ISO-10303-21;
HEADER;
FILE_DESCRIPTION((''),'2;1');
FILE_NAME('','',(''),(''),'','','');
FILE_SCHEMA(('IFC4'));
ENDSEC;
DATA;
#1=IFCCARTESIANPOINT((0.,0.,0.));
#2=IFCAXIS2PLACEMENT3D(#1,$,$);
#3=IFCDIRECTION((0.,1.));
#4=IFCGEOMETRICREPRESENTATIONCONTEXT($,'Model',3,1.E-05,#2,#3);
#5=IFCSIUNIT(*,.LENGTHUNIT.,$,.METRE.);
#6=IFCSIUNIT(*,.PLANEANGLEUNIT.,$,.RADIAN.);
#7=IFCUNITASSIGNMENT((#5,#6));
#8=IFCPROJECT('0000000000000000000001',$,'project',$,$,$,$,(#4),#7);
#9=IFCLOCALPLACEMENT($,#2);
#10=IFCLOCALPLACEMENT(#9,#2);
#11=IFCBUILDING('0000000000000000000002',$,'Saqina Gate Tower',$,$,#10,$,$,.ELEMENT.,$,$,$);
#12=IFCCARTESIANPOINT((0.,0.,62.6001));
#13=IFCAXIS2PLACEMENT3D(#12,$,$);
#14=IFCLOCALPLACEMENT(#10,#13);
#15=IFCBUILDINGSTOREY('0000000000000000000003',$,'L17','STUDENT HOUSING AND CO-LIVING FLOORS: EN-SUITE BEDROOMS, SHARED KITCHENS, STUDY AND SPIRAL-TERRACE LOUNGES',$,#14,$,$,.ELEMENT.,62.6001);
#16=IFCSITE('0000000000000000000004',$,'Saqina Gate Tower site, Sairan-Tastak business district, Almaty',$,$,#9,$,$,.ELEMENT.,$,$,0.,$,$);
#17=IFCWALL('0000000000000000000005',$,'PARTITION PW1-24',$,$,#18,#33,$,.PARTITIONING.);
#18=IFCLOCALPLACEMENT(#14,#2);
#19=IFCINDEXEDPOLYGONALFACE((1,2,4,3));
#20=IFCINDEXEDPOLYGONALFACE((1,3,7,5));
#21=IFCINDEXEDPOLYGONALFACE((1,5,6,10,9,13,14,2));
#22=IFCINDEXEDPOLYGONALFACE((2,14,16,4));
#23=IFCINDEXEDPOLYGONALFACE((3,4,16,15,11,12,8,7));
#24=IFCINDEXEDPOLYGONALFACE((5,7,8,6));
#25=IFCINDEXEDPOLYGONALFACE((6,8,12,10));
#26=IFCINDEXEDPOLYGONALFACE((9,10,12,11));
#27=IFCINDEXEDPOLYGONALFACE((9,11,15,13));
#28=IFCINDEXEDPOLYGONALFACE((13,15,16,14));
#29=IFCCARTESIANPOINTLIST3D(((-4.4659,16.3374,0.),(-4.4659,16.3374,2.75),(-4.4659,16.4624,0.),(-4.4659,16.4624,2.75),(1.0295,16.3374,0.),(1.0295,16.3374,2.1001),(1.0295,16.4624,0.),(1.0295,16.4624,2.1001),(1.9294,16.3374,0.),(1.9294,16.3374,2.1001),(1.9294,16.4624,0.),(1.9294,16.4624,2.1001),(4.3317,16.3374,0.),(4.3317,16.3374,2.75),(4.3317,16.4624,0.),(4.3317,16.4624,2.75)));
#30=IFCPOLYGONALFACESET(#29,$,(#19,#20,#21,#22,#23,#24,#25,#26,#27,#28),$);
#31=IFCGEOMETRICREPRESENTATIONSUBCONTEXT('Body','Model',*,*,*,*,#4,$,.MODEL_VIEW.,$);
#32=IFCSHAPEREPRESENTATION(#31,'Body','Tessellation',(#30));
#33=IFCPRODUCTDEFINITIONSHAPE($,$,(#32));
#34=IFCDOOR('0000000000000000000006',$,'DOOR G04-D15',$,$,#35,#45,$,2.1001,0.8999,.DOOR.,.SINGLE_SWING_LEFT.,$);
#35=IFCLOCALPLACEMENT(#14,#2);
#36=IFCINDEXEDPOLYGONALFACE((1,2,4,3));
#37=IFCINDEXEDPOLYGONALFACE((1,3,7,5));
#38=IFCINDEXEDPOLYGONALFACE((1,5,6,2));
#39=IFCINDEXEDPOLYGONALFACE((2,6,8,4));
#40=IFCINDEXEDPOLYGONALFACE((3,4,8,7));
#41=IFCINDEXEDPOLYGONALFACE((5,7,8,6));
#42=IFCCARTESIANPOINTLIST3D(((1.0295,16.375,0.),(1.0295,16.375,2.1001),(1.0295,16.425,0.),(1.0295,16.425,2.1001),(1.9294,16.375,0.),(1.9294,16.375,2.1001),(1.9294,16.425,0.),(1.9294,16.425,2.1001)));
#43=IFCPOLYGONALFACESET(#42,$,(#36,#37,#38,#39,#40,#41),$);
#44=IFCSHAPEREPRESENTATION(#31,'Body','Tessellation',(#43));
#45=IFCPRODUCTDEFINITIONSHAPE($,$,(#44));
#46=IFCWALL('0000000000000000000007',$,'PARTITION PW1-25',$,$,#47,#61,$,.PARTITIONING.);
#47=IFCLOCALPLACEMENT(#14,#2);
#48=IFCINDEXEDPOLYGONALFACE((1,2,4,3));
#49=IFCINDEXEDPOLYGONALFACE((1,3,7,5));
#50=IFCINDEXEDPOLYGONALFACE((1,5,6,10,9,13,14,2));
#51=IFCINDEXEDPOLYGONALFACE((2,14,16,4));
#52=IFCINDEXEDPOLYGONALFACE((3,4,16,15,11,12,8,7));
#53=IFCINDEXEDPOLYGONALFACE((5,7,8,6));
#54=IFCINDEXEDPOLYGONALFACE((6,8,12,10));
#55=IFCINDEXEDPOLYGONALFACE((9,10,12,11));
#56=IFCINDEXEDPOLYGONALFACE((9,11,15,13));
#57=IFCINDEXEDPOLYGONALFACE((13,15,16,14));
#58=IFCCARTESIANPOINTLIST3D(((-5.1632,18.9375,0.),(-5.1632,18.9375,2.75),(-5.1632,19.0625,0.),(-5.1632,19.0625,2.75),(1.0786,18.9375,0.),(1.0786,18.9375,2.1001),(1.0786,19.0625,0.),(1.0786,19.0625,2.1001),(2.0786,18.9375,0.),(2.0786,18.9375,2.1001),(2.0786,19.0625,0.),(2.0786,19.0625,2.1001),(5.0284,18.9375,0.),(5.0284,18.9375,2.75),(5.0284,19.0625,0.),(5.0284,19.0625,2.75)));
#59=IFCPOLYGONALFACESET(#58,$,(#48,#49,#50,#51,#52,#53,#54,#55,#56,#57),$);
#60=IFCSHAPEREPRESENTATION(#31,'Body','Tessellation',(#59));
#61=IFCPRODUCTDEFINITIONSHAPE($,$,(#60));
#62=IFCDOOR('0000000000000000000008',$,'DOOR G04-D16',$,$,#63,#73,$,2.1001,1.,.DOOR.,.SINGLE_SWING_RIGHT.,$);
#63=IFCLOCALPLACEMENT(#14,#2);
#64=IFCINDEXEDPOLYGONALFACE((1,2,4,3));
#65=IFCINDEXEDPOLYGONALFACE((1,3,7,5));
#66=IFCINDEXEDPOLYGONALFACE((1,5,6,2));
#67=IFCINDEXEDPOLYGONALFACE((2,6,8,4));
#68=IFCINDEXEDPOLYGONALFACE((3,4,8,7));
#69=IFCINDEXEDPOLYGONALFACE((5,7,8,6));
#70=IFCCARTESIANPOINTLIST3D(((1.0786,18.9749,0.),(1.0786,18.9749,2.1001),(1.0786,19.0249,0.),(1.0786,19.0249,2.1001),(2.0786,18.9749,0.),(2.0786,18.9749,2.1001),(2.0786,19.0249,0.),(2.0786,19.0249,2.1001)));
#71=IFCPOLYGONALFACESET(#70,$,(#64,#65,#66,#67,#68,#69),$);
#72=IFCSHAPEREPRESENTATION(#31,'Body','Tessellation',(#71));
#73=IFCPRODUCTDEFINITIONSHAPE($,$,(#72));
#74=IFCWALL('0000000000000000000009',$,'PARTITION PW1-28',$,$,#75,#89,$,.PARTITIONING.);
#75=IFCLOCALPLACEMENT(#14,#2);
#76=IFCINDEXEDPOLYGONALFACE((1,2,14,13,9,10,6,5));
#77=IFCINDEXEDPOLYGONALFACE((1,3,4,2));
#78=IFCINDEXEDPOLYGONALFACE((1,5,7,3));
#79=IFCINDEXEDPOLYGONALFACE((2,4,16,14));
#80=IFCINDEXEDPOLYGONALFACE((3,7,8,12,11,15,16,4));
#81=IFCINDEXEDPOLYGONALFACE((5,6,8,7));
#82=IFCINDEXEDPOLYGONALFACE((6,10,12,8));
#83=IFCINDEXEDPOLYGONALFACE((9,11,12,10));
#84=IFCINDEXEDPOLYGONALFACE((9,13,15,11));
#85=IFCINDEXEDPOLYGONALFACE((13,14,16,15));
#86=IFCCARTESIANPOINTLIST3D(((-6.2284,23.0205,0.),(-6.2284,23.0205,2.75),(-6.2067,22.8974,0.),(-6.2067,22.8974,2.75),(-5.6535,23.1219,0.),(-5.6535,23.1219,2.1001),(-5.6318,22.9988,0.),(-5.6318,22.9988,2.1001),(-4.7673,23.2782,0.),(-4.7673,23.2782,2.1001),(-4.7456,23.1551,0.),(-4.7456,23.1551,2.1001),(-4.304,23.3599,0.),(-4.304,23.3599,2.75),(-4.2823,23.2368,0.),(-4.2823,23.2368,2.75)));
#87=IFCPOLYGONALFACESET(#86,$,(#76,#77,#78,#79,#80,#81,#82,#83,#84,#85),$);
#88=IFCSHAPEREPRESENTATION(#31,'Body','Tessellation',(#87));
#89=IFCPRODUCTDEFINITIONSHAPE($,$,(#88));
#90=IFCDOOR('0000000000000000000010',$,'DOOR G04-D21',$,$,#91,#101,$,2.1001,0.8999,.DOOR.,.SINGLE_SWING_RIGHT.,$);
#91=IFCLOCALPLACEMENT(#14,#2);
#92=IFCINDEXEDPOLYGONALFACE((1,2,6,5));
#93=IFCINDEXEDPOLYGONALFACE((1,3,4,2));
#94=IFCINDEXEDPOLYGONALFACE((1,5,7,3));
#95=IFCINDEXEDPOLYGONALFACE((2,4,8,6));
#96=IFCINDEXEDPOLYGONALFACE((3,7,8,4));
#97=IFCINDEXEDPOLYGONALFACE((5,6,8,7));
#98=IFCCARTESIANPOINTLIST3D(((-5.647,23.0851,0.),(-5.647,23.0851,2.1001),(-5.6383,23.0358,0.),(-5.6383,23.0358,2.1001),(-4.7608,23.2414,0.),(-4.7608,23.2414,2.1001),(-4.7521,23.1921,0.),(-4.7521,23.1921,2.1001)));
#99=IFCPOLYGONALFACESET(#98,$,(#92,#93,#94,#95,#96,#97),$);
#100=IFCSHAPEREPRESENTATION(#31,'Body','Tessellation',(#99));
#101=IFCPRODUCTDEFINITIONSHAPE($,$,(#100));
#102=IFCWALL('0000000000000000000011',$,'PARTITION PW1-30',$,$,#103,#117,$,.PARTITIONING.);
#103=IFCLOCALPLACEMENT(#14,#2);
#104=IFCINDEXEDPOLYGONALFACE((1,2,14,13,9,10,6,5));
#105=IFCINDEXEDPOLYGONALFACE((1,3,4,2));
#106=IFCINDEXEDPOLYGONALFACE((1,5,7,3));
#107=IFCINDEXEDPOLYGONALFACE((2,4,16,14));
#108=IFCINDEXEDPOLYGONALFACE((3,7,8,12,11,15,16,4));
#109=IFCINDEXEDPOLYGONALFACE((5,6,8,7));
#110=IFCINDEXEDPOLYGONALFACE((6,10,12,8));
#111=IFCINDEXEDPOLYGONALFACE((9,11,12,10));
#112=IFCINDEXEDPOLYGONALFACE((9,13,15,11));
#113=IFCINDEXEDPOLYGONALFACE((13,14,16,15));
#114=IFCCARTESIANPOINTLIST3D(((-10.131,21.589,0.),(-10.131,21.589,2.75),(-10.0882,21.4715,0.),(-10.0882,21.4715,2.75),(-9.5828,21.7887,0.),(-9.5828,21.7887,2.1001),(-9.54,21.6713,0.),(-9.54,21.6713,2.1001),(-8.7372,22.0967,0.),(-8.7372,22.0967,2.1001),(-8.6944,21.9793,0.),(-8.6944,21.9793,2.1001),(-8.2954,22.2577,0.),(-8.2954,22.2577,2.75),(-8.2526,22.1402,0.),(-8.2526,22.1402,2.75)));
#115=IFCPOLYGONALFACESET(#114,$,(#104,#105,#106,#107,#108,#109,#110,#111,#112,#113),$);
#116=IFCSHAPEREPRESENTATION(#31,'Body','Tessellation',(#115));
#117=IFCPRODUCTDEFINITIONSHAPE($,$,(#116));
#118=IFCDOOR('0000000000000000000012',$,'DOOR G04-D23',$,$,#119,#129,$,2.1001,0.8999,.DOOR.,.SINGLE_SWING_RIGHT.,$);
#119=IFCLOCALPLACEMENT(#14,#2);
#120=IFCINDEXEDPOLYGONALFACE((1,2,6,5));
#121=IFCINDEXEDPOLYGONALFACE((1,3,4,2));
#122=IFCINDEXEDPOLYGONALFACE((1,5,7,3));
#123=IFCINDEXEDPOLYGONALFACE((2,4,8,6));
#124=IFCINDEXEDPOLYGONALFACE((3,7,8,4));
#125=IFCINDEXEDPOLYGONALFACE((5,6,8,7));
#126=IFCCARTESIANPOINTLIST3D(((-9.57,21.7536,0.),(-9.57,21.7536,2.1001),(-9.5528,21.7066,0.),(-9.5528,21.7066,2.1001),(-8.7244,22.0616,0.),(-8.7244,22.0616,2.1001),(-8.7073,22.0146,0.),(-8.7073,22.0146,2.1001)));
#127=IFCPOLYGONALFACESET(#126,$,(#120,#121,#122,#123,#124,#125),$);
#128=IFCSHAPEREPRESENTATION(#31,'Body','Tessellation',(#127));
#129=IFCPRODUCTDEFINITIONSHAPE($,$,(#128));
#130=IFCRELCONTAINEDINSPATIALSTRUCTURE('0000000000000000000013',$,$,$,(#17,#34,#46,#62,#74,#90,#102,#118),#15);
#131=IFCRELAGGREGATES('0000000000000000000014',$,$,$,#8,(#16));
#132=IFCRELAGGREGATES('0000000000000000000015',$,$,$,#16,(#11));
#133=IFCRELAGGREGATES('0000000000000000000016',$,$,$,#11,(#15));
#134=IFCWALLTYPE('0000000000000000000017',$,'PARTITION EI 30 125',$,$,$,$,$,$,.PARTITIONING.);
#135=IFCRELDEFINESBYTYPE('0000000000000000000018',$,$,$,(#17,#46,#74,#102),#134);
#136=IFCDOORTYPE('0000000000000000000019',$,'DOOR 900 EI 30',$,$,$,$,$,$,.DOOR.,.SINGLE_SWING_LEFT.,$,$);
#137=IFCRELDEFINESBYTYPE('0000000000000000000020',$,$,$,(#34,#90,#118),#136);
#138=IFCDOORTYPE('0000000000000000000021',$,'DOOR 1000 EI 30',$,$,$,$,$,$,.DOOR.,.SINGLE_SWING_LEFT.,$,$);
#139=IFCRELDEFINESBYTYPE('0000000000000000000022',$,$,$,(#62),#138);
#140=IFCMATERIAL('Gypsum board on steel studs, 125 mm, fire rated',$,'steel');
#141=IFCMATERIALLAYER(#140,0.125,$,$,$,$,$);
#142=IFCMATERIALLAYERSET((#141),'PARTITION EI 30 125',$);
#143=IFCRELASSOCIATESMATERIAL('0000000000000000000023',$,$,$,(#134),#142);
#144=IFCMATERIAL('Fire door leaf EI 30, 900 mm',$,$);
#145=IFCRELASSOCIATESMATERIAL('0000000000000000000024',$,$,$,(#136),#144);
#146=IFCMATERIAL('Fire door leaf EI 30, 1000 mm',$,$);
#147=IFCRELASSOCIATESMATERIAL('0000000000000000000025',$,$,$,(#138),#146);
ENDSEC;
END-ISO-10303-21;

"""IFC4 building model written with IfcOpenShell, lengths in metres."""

from ifc_helpers import new_model, si_unit, direction, frame, frame_2d, origin, place, context, subcontext, project, spatial, rectangle, extrude, material, layer, layer_set, type_object, element, fill, save


model = new_model("IFC4")

# Units and contexts
model_context = context("Model", 3, precision=1e-05, world=origin(), true_north=direction((0.0, 1.0)))
body_context = subcontext(model_context, "Body", "Model", "MODEL_VIEW")
ifc_project = project(units=[si_unit("LENGTHUNIT", "METRE"), si_unit("PLANEANGLEUNIT", "RADIAN")], contexts=[model_context])

# Site, building, storey
site_placement = place(None, origin())
site = spatial("IfcSite", under=ifc_project, at=site_placement, Name="Saqina Gate Tower site, Sairan-Tastak business district, Almaty", CompositionType="ELEMENT", RefElevation=0.0)
building_placement = place(site_placement, origin())
building = spatial("IfcBuilding", under=site, at=building_placement, Name="Saqina Gate Tower", CompositionType="ELEMENT")
storey_placement = place(building_placement, frame((0.0, 0.0, 62.6001)))
storey = spatial("IfcBuildingStorey", under=building, at=storey_placement, Name="L17", Description="STUDENT HOUSING AND CO-LIVING FLOORS: EN-SUITE BEDROOMS, SHARED KITCHENS, STUDY AND SPIRAL-TERRACE LOUNGES", CompositionType="ELEMENT", Elevation=62.6001)

# Walls, openings, doors
ifc_material_1 = material(Name="Gypsum board on steel studs, 125 mm, fire rated", Category="steel")
ifc_layer_1 = layer(ifc_material_1, 0.125)
ifc_layer_set_1 = layer_set([ifc_layer_1], Name="PARTITION EI 30 125")
wall_type_1 = type_object("IfcWallType", Name="PARTITION EI 30 125", PredefinedType="PARTITIONING", material=ifc_layer_set_1)
wall_1_placement = place(storey_placement, frame((-4.4661, 16.3999, 0.0), z_axis=(0.0, 0.0, 1.0), x_axis=(1.0, 0.0, 0.0)))
wall_1 = element("IfcWall", 1, at=wall_1_placement, inside=storey, type_object=wall_type_1, Name="PARTITION PW1-24", PredefinedType="PARTITIONING", context=body_context, shape_type="SweptSolid", body=[
    extrude(rectangle(XDim=8.7976, YDim=0.125, at=frame_2d((4.3989, 0.0))), origin(), (0.0, 0.0, 1.0), 2.75),
])
opening_1_placement = place(wall_1_placement, frame((5.4956, 0.0, 0.0)))
opening_1 = element("IfcOpeningElement", 2, at=opening_1_placement, cuts=wall_1, PredefinedType="OPENING", context=body_context, shape_type="SweptSolid", body=[
    extrude(rectangle(XDim=0.8999, YDim=2.1001, at=frame_2d((0.45, 1.05))), frame((0.0, 0.0745, 0.0), z_axis=(0.0, -1.0, 0.0), x_axis=(1.0, 0.0, 0.0)), (0.0, 0.0, 1.0), 0.1489),
])
ifc_material_2 = material(Name="Fire door leaf EI 30, 900 mm")
door_type_1 = type_object("IfcDoorType", Name="DOOR 900 EI 30", OperationType="SINGLE_SWING_LEFT", PredefinedType="DOOR", material=ifc_material_2)
door_1_placement = place(opening_1_placement, frame((0.8999, 0.0, 0.0), z_axis=(0.0, 0.0, 1.0), x_axis=(-1.0, 0.0, 0.0)))
door_1 = element("IfcDoor", 3, at=door_1_placement, inside=storey, type_object=door_type_1, Name="DOOR G04-D15", OperationType="SINGLE_SWING_LEFT", OverallHeight=2.1001, OverallWidth=0.8999, PredefinedType="DOOR", context=body_context, shape_type="SweptSolid", body=[
    extrude(rectangle(XDim=0.8999, YDim=2.1001, at=frame_2d((0.45, 1.05))), frame((0.0, 0.0249, 0.0), z_axis=(0.0, -1.0, 0.0), x_axis=(1.0, 0.0, 0.0)), (0.0, 0.0, 1.0), 0.05),
])
fill(opening_1, door_1)
wall_2_placement = place(storey_placement, frame((-5.1631, 19.0, 0.0), z_axis=(0.0, 0.0, 1.0), x_axis=(1.0, 0.0, 0.0)))
wall_2 = element("IfcWall", 4, at=wall_2_placement, inside=storey, type_object=wall_type_1, Name="PARTITION PW1-25", PredefinedType="PARTITIONING", context=body_context, shape_type="SweptSolid", body=[
    extrude(rectangle(XDim=10.1917, YDim=0.125, at=frame_2d((5.0957, 0.0))), origin(), (0.0, 0.0, 1.0), 2.75),
])
opening_2_placement = place(wall_2_placement, frame((6.2417, 0.0, 0.0)))
opening_2 = element("IfcOpeningElement", 5, at=opening_2_placement, cuts=wall_2, PredefinedType="OPENING", context=body_context, shape_type="SweptSolid", body=[
    extrude(rectangle(XDim=1.0, YDim=2.1001, at=frame_2d((0.5, 1.05))), frame((0.0, 0.0745, 0.0), z_axis=(0.0, -1.0, 0.0), x_axis=(1.0, 0.0, 0.0)), (0.0, 0.0, 1.0), 0.1489),
])
ifc_material_3 = material(Name="Fire door leaf EI 30, 1000 mm")
door_type_2 = type_object("IfcDoorType", Name="DOOR 1000 EI 30", OperationType="SINGLE_SWING_LEFT", PredefinedType="DOOR", material=ifc_material_3)
door_2_placement = place(opening_2_placement, origin())
door_2 = element("IfcDoor", 6, at=door_2_placement, inside=storey, type_object=door_type_2, Name="DOOR G04-D16", OperationType="SINGLE_SWING_RIGHT", OverallHeight=2.1001, OverallWidth=1.0, PredefinedType="DOOR", context=body_context, shape_type="SweptSolid", body=[
    extrude(rectangle(XDim=1.0, YDim=2.1001, at=frame_2d((0.5, 1.05))), frame((0.0, 0.0249, 0.0), z_axis=(0.0, -1.0, 0.0), x_axis=(1.0, 0.0, 0.0)), (0.0, 0.0, 1.0), 0.05),
])
fill(opening_2, door_2)
wall_3_placement = place(storey_placement, frame((-6.2175, 22.959, 0.0), z_axis=(0.0, 0.0, 1.0), x_axis=(0.984804, 0.173671, 0.0)))
wall_3 = element("IfcWall", 7, at=wall_3_placement, inside=storey, type_object=wall_type_1, Name="PARTITION PW1-28", PredefinedType="PARTITIONING", context=body_context, shape_type="SweptSolid", body=[
    extrude(rectangle(XDim=1.9541, YDim=0.125, at=frame_2d((0.9771, 0.0))), origin(), (0.0, 0.0, 1.0), 2.75),
])
opening_3_placement = place(wall_3_placement, frame((0.5837, 0.0, 0.0)))
opening_3 = element("IfcOpeningElement", 8, at=opening_3_placement, cuts=wall_3, PredefinedType="OPENING", context=body_context, shape_type="SweptSolid", body=[
    extrude(rectangle(XDim=0.8999, YDim=2.1001, at=frame_2d((0.45, 1.05))), frame((0.0, 0.0745, 0.0), z_axis=(0.0, -1.0, 0.0), x_axis=(1.0, 0.0, 0.0)), (0.0, 0.0, 1.0), 0.1489),
])
door_3_placement = place(opening_3_placement, frame((0.8999, 0.0, 0.0), z_axis=(0.0, 0.0, 1.0), x_axis=(-1.0, 0.0, 0.0)))
door_3 = element("IfcDoor", 9, at=door_3_placement, inside=storey, type_object=door_type_1, Name="DOOR G04-D21", OperationType="SINGLE_SWING_RIGHT", OverallHeight=2.1001, OverallWidth=0.8999, PredefinedType="DOOR", context=body_context, shape_type="SweptSolid", body=[
    extrude(rectangle(XDim=0.8999, YDim=2.1001, at=frame_2d((0.45, 1.05))), frame((0.0, 0.0249, 0.0), z_axis=(0.0, -1.0, 0.0), x_axis=(1.0, 0.0, 0.0)), (0.0, 0.0, 1.0), 0.05),
])
fill(opening_3, door_3)
wall_4_placement = place(storey_placement, frame((-10.1096, 21.5303, 0.0), z_axis=(0.0, 0.0, 1.0), x_axis=(0.9396, 0.342275, 0.0)))
wall_4 = element("IfcWall", 10, at=wall_4_placement, inside=storey, type_object=wall_type_1, Name="PARTITION PW1-30", PredefinedType="PARTITIONING", context=body_context, shape_type="SweptSolid", body=[
    extrude(rectangle(XDim=1.9536, YDim=0.125, at=frame_2d((0.9768, 0.0))), origin(), (0.0, 0.0, 1.0), 2.75),
])
opening_4_placement = place(wall_4_placement, frame((0.5835, 0.0, 0.0)))
opening_4 = element("IfcOpeningElement", 11, at=opening_4_placement, cuts=wall_4, PredefinedType="OPENING", context=body_context, shape_type="SweptSolid", body=[
    extrude(rectangle(XDim=0.8999, YDim=2.1001, at=frame_2d((0.45, 1.05))), frame((0.0, 0.0745, 0.0), z_axis=(0.0, -1.0, 0.0), x_axis=(1.0, 0.0, 0.0)), (0.0, 0.0, 1.0), 0.1489),
])
door_4_placement = place(opening_4_placement, frame((0.8999, 0.0, 0.0), z_axis=(0.0, 0.0, 1.0), x_axis=(-1.0, 0.0, 0.0)))
door_4 = element("IfcDoor", 12, at=door_4_placement, inside=storey, type_object=door_type_1, Name="DOOR G04-D23", OperationType="SINGLE_SWING_RIGHT", OverallHeight=2.1001, OverallWidth=0.8999, PredefinedType="DOOR", context=body_context, shape_type="SweptSolid", body=[
    extrude(rectangle(XDim=0.8999, YDim=2.1001, at=frame_2d((0.45, 1.05))), frame((0.0, 0.0249, 0.0), z_axis=(0.0, -1.0, 0.0), x_axis=(1.0, 0.0, 0.0)), (0.0, 0.0, 1.0), 0.05),
])
fill(opening_4, door_4)

save(model, "model.ifc")
